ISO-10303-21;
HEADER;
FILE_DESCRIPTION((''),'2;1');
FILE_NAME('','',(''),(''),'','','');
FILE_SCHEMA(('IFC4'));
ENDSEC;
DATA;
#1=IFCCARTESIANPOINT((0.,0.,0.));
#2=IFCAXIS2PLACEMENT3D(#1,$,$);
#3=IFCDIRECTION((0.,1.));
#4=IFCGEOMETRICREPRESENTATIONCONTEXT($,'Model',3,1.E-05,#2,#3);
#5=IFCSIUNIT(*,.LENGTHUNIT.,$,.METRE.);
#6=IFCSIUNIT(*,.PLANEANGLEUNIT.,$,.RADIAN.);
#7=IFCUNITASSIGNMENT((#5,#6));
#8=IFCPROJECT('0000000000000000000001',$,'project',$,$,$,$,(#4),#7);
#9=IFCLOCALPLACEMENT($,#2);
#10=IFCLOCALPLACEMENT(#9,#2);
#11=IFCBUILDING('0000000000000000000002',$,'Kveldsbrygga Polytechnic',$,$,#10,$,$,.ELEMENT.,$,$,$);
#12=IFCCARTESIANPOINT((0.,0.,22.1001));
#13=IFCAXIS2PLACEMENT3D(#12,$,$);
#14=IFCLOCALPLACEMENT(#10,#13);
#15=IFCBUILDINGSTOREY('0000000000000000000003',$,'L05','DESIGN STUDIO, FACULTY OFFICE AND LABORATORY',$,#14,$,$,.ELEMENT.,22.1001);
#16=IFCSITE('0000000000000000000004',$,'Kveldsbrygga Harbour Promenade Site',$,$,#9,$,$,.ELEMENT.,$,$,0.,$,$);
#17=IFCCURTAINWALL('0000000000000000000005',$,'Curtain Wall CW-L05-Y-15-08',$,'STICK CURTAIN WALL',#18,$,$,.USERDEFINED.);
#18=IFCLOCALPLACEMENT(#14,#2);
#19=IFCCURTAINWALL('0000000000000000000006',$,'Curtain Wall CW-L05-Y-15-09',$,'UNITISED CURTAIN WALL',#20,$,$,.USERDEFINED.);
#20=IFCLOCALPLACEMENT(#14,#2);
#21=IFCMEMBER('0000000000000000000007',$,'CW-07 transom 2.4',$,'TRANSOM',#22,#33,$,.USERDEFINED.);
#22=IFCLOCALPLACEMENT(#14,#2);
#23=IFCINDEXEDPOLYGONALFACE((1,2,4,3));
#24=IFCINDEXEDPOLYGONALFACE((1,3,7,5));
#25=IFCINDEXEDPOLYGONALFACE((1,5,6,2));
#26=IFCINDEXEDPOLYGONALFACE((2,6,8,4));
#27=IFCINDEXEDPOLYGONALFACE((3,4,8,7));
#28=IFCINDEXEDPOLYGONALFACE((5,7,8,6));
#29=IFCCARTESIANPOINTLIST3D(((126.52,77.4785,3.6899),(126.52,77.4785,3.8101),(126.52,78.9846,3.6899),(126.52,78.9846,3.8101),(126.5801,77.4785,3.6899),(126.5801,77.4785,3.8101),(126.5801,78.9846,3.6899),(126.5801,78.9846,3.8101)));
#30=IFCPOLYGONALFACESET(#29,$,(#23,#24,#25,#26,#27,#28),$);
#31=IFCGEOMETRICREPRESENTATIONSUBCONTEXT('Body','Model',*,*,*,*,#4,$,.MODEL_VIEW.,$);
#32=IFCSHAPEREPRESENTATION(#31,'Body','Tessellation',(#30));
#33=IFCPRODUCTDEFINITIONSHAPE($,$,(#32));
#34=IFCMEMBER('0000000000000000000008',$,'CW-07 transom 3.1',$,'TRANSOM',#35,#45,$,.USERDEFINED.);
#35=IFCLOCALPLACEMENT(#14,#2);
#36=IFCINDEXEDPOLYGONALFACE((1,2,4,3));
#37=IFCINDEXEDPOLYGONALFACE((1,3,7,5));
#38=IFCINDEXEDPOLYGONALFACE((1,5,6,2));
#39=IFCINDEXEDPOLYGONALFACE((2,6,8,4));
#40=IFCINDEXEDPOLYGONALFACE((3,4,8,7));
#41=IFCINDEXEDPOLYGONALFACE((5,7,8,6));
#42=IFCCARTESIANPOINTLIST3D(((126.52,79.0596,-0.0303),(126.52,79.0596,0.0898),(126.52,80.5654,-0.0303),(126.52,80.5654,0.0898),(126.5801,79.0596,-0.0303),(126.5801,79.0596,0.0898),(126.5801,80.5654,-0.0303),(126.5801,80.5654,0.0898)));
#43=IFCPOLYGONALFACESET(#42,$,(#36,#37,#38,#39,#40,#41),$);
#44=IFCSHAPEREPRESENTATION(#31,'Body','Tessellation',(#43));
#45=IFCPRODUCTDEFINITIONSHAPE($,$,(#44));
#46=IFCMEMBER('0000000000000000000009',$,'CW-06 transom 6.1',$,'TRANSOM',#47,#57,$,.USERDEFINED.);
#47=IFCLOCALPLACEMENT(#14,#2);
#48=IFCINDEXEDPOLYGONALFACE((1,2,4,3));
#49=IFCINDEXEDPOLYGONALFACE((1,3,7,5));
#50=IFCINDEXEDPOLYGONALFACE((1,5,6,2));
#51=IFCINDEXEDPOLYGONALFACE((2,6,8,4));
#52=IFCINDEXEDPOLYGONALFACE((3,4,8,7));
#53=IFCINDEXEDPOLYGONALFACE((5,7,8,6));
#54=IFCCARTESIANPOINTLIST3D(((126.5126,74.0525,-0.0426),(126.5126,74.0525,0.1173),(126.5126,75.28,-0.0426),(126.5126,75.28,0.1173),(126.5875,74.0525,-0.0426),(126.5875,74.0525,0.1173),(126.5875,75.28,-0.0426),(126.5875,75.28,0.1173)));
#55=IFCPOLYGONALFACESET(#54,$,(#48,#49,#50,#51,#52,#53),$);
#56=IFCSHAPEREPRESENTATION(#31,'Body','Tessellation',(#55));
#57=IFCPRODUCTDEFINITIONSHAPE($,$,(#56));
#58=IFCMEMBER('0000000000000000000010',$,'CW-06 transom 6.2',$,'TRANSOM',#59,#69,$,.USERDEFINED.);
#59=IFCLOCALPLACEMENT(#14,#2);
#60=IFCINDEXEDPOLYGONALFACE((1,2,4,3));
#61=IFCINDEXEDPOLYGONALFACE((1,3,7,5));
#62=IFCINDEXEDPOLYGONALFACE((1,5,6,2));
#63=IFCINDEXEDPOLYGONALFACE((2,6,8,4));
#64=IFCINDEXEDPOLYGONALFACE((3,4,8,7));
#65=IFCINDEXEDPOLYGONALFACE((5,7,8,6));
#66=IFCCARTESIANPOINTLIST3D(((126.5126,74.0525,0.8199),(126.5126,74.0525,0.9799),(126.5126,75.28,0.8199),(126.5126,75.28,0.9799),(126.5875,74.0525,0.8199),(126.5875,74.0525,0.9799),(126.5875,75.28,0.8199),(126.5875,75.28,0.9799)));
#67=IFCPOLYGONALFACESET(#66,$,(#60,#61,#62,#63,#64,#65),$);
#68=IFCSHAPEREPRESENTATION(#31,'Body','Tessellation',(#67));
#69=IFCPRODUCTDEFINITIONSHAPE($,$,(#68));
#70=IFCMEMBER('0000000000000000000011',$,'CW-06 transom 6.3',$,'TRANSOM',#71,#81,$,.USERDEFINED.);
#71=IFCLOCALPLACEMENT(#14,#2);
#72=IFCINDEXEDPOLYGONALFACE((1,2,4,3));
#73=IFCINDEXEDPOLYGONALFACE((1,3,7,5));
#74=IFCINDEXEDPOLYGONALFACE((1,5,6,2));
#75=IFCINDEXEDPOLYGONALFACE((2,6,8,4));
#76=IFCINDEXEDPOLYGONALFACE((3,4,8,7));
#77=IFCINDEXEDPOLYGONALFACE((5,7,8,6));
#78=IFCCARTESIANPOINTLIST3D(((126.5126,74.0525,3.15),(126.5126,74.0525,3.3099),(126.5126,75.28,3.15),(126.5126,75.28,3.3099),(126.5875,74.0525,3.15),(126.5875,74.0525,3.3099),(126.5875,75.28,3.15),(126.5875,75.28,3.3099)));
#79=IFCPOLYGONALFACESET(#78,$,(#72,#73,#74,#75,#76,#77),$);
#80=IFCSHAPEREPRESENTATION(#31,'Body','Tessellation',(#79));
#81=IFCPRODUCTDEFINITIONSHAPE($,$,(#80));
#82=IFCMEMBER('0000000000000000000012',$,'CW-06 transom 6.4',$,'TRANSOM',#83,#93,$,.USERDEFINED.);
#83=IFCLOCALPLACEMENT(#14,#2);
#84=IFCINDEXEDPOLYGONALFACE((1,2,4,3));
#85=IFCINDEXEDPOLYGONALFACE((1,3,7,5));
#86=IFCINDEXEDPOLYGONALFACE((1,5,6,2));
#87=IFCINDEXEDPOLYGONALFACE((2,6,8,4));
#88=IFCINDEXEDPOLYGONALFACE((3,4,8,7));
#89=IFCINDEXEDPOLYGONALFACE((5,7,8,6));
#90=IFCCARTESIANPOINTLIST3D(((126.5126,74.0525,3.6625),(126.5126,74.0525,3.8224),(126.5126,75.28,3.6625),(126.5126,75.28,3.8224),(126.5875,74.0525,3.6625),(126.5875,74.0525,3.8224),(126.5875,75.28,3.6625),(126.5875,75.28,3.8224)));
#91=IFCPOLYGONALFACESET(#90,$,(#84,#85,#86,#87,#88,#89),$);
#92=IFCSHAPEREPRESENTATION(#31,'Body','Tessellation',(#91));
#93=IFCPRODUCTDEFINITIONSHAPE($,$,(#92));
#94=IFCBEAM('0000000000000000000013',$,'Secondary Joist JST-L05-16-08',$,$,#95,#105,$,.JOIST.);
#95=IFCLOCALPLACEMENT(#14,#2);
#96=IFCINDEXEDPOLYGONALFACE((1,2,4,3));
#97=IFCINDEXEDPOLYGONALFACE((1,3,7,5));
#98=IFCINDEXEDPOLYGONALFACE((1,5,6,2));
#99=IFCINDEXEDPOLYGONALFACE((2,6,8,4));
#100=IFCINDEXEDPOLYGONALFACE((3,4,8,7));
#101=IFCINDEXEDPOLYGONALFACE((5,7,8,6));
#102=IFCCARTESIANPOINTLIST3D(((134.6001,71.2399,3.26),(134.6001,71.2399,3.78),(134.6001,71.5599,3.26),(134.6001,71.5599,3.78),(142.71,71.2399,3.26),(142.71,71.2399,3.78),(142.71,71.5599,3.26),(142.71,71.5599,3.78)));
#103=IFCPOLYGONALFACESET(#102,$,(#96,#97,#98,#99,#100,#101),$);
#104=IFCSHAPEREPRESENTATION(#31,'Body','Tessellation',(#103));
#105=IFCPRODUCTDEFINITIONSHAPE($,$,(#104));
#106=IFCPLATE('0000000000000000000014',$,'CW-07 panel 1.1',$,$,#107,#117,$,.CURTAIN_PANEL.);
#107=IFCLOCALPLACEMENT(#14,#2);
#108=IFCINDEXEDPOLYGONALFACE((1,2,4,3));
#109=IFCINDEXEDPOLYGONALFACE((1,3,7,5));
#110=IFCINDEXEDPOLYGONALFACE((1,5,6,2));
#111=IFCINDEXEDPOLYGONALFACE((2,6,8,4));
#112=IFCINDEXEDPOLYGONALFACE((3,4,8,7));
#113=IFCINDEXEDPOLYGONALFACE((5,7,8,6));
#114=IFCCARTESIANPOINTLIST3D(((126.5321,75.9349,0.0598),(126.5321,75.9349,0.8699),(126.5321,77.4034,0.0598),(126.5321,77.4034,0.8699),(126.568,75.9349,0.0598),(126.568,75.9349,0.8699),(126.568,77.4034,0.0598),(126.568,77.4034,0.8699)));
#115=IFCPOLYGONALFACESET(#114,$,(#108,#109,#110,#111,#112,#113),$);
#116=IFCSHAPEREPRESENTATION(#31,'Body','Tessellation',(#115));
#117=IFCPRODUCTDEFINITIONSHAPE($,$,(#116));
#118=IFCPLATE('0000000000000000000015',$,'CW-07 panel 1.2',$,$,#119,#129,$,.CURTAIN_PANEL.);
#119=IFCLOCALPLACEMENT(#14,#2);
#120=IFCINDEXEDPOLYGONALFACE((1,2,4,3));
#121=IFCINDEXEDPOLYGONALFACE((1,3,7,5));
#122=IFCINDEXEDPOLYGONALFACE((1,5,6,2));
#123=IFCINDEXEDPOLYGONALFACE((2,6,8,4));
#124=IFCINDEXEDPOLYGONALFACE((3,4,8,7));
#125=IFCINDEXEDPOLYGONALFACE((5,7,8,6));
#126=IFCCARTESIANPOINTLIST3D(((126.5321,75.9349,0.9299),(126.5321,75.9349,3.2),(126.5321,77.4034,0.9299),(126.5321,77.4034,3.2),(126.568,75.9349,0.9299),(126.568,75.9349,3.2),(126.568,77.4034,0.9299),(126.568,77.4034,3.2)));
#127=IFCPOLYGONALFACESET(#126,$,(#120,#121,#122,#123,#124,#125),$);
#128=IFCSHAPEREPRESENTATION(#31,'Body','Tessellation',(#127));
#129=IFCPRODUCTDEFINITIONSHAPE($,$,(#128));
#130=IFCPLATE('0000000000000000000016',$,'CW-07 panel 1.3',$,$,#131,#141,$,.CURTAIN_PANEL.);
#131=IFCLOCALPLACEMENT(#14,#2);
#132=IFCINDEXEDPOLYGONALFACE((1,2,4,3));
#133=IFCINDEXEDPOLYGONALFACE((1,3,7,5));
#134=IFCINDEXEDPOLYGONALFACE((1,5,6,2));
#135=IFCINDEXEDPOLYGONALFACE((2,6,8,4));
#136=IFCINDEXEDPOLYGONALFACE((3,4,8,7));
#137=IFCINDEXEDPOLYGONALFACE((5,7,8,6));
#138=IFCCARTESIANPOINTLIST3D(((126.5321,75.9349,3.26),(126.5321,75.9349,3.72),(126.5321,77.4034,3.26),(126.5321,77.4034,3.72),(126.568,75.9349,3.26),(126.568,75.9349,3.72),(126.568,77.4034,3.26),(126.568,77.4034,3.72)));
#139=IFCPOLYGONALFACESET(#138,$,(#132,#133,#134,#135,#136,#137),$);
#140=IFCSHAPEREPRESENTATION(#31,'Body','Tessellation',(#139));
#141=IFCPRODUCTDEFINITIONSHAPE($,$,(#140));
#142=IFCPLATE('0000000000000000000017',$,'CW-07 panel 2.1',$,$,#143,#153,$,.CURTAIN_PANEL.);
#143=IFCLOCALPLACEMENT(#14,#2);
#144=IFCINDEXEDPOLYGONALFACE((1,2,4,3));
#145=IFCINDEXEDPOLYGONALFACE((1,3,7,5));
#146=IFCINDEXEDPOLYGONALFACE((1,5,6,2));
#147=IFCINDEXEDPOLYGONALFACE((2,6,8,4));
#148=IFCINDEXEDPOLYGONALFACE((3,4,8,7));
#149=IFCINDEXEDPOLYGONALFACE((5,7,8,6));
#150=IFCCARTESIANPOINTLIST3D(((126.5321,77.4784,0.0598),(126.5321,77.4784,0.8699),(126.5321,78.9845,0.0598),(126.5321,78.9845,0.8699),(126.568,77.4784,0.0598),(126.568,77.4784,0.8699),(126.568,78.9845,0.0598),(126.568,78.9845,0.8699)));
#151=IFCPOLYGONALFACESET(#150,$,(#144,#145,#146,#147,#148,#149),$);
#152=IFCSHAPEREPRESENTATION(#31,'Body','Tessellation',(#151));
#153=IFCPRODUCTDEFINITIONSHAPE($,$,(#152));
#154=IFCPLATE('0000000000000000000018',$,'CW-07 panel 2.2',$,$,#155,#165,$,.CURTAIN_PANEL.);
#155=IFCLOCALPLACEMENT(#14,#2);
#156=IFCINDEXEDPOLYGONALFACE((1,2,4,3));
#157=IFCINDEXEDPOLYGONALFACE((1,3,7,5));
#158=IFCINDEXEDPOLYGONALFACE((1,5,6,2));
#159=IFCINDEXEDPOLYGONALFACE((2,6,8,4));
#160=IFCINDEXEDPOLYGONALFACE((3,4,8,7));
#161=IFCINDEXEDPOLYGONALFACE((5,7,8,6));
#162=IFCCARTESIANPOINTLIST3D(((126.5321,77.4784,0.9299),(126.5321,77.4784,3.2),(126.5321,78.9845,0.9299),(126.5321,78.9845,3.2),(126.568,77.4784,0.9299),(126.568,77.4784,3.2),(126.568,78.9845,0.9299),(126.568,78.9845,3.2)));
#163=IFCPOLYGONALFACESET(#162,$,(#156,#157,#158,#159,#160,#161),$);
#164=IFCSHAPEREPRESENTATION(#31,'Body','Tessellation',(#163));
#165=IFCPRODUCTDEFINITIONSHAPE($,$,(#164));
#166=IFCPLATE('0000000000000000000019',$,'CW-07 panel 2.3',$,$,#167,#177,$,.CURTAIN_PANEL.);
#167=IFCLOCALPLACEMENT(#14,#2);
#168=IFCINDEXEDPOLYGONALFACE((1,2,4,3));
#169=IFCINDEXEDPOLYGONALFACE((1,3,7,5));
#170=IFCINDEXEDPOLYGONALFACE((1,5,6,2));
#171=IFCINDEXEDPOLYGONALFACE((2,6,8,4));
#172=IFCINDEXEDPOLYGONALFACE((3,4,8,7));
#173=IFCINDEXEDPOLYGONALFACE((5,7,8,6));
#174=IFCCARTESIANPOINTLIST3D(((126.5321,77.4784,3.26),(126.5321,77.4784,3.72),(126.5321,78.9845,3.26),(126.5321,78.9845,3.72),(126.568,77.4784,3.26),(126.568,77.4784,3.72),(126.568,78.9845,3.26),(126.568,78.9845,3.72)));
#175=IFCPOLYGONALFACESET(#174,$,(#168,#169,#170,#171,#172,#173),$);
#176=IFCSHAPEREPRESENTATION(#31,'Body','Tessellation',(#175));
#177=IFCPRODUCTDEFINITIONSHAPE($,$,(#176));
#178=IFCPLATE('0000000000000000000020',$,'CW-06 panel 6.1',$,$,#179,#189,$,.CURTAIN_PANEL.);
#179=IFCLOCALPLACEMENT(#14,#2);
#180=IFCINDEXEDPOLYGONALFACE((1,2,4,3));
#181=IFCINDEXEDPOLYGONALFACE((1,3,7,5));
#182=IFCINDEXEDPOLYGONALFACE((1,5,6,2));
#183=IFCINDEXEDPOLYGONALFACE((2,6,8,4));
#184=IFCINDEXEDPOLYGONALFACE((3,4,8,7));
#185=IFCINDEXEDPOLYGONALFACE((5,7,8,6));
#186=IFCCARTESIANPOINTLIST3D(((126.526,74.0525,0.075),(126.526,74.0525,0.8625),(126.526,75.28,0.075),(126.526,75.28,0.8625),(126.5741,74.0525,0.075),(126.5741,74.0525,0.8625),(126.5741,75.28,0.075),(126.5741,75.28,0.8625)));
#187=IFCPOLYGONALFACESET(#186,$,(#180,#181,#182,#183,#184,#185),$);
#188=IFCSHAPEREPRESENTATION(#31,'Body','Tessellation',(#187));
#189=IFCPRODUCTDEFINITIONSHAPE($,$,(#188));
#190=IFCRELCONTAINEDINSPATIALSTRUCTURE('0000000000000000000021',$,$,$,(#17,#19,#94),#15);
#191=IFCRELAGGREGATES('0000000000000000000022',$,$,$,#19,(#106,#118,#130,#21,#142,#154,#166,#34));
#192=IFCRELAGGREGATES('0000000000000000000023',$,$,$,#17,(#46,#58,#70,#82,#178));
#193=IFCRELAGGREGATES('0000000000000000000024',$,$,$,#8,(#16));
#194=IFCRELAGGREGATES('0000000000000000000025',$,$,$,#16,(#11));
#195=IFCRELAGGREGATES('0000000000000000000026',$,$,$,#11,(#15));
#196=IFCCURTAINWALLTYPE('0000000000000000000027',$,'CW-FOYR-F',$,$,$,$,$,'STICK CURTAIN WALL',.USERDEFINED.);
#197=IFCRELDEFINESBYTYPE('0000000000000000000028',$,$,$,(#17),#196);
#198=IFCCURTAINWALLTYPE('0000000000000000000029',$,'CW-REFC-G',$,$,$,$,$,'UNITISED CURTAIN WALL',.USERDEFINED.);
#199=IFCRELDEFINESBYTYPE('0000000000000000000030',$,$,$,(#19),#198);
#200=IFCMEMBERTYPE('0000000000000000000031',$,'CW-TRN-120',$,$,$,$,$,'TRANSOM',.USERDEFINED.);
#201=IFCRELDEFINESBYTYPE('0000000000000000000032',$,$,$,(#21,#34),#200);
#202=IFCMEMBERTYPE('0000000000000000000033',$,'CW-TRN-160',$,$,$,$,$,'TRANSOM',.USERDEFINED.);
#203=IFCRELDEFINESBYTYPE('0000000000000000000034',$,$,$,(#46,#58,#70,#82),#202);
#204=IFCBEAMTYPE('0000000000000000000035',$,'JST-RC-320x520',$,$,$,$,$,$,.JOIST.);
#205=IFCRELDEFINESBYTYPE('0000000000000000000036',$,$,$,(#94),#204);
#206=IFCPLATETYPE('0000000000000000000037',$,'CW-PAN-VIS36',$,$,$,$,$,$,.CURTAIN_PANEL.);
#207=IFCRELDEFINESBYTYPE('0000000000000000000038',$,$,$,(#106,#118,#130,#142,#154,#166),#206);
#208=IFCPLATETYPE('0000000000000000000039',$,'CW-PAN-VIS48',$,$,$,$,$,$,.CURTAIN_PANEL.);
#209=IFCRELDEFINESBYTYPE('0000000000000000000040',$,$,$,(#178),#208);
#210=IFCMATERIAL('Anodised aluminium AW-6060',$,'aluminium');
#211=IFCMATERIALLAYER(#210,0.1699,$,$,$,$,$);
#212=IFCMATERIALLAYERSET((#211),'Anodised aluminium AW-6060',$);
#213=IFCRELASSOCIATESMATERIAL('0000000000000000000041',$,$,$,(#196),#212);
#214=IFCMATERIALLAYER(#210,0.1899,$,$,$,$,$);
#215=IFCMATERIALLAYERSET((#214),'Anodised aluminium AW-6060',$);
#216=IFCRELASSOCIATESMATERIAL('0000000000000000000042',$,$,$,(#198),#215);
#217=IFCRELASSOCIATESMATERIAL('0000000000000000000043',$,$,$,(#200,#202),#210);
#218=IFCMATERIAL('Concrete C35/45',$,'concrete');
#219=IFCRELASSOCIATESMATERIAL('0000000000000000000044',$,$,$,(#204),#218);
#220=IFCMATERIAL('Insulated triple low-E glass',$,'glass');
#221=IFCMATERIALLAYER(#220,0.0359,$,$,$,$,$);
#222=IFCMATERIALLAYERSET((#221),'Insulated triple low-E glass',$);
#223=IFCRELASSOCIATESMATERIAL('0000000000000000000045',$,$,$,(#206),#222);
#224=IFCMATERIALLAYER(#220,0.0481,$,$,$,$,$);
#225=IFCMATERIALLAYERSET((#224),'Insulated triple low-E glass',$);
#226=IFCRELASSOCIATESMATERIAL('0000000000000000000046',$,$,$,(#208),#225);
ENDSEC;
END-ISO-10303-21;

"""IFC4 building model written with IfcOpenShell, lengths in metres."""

from ifc_helpers import new_model, si_unit, direction, frame, origin, origin_2d, place, context, subcontext, project, spatial, rectangle, extrude, material, layer, layer_set, material_profile, profile_set, type_object, element, aggregate, save


model = new_model("IFC4")

# Units and contexts
model_context = context("Model", 3, precision=1e-05, world=origin(), true_north=direction((0.0, 1.0)))
body_context = subcontext(model_context, "Body", "Model", "MODEL_VIEW")
ifc_project = project(units=[si_unit("LENGTHUNIT", "METRE"), si_unit("PLANEANGLEUNIT", "RADIAN")], contexts=[model_context])

# Site, building, storey
site_placement = place(None, origin())
site = spatial("IfcSite", under=ifc_project, at=site_placement, Name="Kveldsbrygga Harbour Promenade Site", CompositionType="ELEMENT", RefElevation=0.0)
building_placement = place(site_placement, origin())
building = spatial("IfcBuilding", under=site, at=building_placement, Name="Kveldsbrygga Polytechnic", CompositionType="ELEMENT")
storey_placement = place(building_placement, frame((0.0, 0.0, 22.1001)))
storey = spatial("IfcBuildingStorey", under=building, at=storey_placement, Name="L05", Description="DESIGN STUDIO, FACULTY OFFICE AND LABORATORY", CompositionType="ELEMENT", Elevation=22.1001)

# Shared definitions
ifc_material_1 = material(Name="Concrete C35/45", Category="concrete")

# Curtain wall
ifc_material_2 = material(Name="Anodised aluminium AW-6060", Category="aluminium")
ifc_layer_1 = layer(ifc_material_2, 0.1699)
ifc_layer_set_1 = layer_set([ifc_layer_1], Name="Anodised aluminium AW-6060")
curtain_wall_type_1 = type_object("IfcCurtainWallType", Name="CW-FOYR-F", ElementType="STICK CURTAIN WALL", PredefinedType="USERDEFINED", material=ifc_layer_set_1)
curtain_wall_1_placement = place(storey_placement, origin())
curtain_wall_1 = element("IfcCurtainWall", 1, at=curtain_wall_1_placement, inside=storey, type_object=curtain_wall_type_1, Name="Curtain Wall CW-L05-Y-15-08", ObjectType="STICK CURTAIN WALL", PredefinedType="USERDEFINED")

# Curtain wall, members
ifc_layer_2 = layer(ifc_material_2, 0.1899)
ifc_layer_set_2 = layer_set([ifc_layer_2], Name="Anodised aluminium AW-6060")
curtain_wall_type_2 = type_object("IfcCurtainWallType", Name="CW-REFC-G", ElementType="UNITISED CURTAIN WALL", PredefinedType="USERDEFINED", material=ifc_layer_set_2)
curtain_wall_2_placement = place(storey_placement, origin())
curtain_wall_2 = element("IfcCurtainWall", 2, at=curtain_wall_2_placement, inside=storey, type_object=curtain_wall_type_2, Name="Curtain Wall CW-L05-Y-15-09", ObjectType="UNITISED CURTAIN WALL", PredefinedType="USERDEFINED")
ifc_material_profile_1 = material_profile(ifc_material_2, rectangle(XDim=0.0601, YDim=0.1201, at=origin_2d()), Name="ALU 60x120")
ifc_profile_set_1 = profile_set([ifc_material_profile_1], Name="Anodised aluminium AW-6060")
member_type_1 = type_object("IfcMemberType", Name="CW-TRN-120", ElementType="TRANSOM", PredefinedType="USERDEFINED", material=ifc_profile_set_1)
member_1_placement = place(storey_placement, frame((126.55, 77.4785, 3.75), z_axis=(0.0, 1.0, 0.0), x_axis=(-1.0, 0.0, 0.0)))
member_1 = element("IfcMember", 3, at=member_1_placement, type_object=member_type_1, Name="CW-07 transom 2.4", ObjectType="TRANSOM", PredefinedType="USERDEFINED", context=body_context, shape_type="SweptSolid", body=[
    extrude(rectangle(XDim=0.0601, YDim=0.1201, at=origin_2d()), origin(), (0.0, 0.0, 1.0), 1.5061),
])
member_2_placement = place(storey_placement, frame((126.55, 79.0596, 0.0298), z_axis=(0.0, 1.0, 0.0), x_axis=(-1.0, 0.0, 0.0)))
member_2 = element("IfcMember", 4, at=member_2_placement, type_object=member_type_1, Name="CW-07 transom 3.1", ObjectType="TRANSOM", PredefinedType="USERDEFINED", context=body_context, shape_type="SweptSolid", body=[
    extrude(rectangle(XDim=0.0601, YDim=0.1201, at=origin_2d()), origin(), (0.0, 0.0, 1.0), 1.5059),
])

# Members
ifc_material_profile_2 = material_profile(ifc_material_2, rectangle(XDim=0.075, YDim=0.1599, at=origin_2d()), Name="ALU 75x160")
ifc_profile_set_2 = profile_set([ifc_material_profile_2], Name="Anodised aluminium AW-6060")
member_type_2 = type_object("IfcMemberType", Name="CW-TRN-160", ElementType="TRANSOM", PredefinedType="USERDEFINED", material=ifc_profile_set_2)
member_3_placement = place(storey_placement, frame((126.55, 74.0525, 0.0374), z_axis=(0.0, 1.0, 0.0), x_axis=(-1.0, 0.0, 0.0)))
member_3 = element("IfcMember", 5, at=member_3_placement, type_object=member_type_2, Name="CW-06 transom 6.1", ObjectType="TRANSOM", PredefinedType="USERDEFINED", context=body_context, shape_type="SweptSolid", body=[
    extrude(rectangle(XDim=0.075, YDim=0.1599, at=origin_2d()), origin(), (0.0, 0.0, 1.0), 1.2275),
])
member_4_placement = place(storey_placement, frame((126.55, 74.0525, 0.8999), z_axis=(0.0, 1.0, 0.0), x_axis=(-1.0, 0.0, 0.0)))
member_4 = element("IfcMember", 6, at=member_4_placement, type_object=member_type_2, Name="CW-06 transom 6.2", ObjectType="TRANSOM", PredefinedType="USERDEFINED", context=body_context, shape_type="SweptSolid", body=[
    extrude(rectangle(XDim=0.075, YDim=0.1599, at=origin_2d()), origin(), (0.0, 0.0, 1.0), 1.2275),
])
member_5_placement = place(storey_placement, frame((126.55, 74.0525, 3.23), z_axis=(0.0, 1.0, 0.0), x_axis=(-1.0, 0.0, 0.0)))
member_5 = element("IfcMember", 7, at=member_5_placement, type_object=member_type_2, Name="CW-06 transom 6.3", ObjectType="TRANSOM", PredefinedType="USERDEFINED", context=body_context, shape_type="SweptSolid", body=[
    extrude(rectangle(XDim=0.075, YDim=0.1599, at=origin_2d()), origin(), (0.0, 0.0, 1.0), 1.2275),
])
member_6_placement = place(storey_placement, frame((126.55, 74.0525, 3.7424), z_axis=(0.0, 1.0, 0.0), x_axis=(-1.0, 0.0, 0.0)))
member_6 = element("IfcMember", 8, at=member_6_placement, type_object=member_type_2, Name="CW-06 transom 6.4", ObjectType="TRANSOM", PredefinedType="USERDEFINED", context=body_context, shape_type="SweptSolid", body=[
    extrude(rectangle(XDim=0.075, YDim=0.1599, at=origin_2d()), origin(), (0.0, 0.0, 1.0), 1.2275),
])

# Beam
ifc_material_profile_3 = material_profile(ifc_material_1, rectangle(XDim=0.3201, YDim=0.52, at=origin_2d()), Name="RC 320x520")
ifc_profile_set_3 = profile_set([ifc_material_profile_3], Name="Concrete C35/45")
beam_type_1 = type_object("IfcBeamType", Name="JST-RC-320x520", PredefinedType="JOIST", material=ifc_profile_set_3)
beam_1_placement = place(storey_placement, frame((134.6001, 71.3999, 3.52), z_axis=(1.0, 0.0, 0.0), x_axis=(0.0, 1.0, 0.0)))
element("IfcBeam", 9, at=beam_1_placement, inside=storey, type_object=beam_type_1, Name="Secondary Joist JST-L05-16-08", PredefinedType="JOIST", context=body_context, shape_type="SweptSolid", body=[
    extrude(rectangle(XDim=0.3201, YDim=0.52, at=origin_2d()), origin(), (0.0, 0.0, 1.0), 8.1099),
])

# Plates
ifc_material_3 = material(Name="Insulated triple low-E glass", Category="glass")
ifc_layer_3 = layer(ifc_material_3, 0.0359)
ifc_layer_set_3 = layer_set([ifc_layer_3], Name="Insulated triple low-E glass")
plate_type_1 = type_object("IfcPlateType", Name="CW-PAN-VIS36", PredefinedType="CURTAIN_PANEL", material=ifc_layer_set_3)
plate_1_placement = place(storey_placement, frame((126.55, 76.6692, 0.0598), z_axis=(0.0, 0.0, 1.0), x_axis=(0.0, 1.0, 0.0)))
plate_1 = element("IfcPlate", 10, at=plate_1_placement, type_object=plate_type_1, Name="CW-07 panel 1.1", PredefinedType="CURTAIN_PANEL", context=body_context, shape_type="SweptSolid", body=[
    extrude(rectangle(XDim=1.4685, YDim=0.0359, at=origin_2d()), origin(), (0.0, 0.0, 1.0), 0.8101),
])
plate_2_placement = place(storey_placement, frame((126.55, 76.6692, 0.9299), z_axis=(0.0, 0.0, 1.0), x_axis=(0.0, 1.0, 0.0)))
plate_2 = element("IfcPlate", 11, at=plate_2_placement, type_object=plate_type_1, Name="CW-07 panel 1.2", PredefinedType="CURTAIN_PANEL", context=body_context, shape_type="SweptSolid", body=[
    extrude(rectangle(XDim=1.4685, YDim=0.0359, at=origin_2d()), origin(), (0.0, 0.0, 1.0), 2.27),
])
plate_3_placement = place(storey_placement, frame((126.55, 76.6692, 3.26), z_axis=(0.0, 0.0, 1.0), x_axis=(0.0, 1.0, 0.0)))
plate_3 = element("IfcPlate", 12, at=plate_3_placement, type_object=plate_type_1, Name="CW-07 panel 1.3", PredefinedType="CURTAIN_PANEL", context=body_context, shape_type="SweptSolid", body=[
    extrude(rectangle(XDim=1.4685, YDim=0.0359, at=origin_2d()), origin(), (0.0, 0.0, 1.0), 0.46),
])
plate_4_placement = place(storey_placement, frame((126.55, 78.2314, 0.0598), z_axis=(0.0, 0.0, 1.0), x_axis=(0.0, 1.0, 0.0)))
plate_4 = element("IfcPlate", 13, at=plate_4_placement, type_object=plate_type_1, Name="CW-07 panel 2.1", PredefinedType="CURTAIN_PANEL", context=body_context, shape_type="SweptSolid", body=[
    extrude(rectangle(XDim=1.5061, YDim=0.0359, at=origin_2d()), origin(), (0.0, 0.0, 1.0), 0.8101),
])
plate_5_placement = place(storey_placement, frame((126.55, 78.2314, 0.9299), z_axis=(0.0, 0.0, 1.0), x_axis=(0.0, 1.0, 0.0)))
plate_5 = element("IfcPlate", 14, at=plate_5_placement, type_object=plate_type_1, Name="CW-07 panel 2.2", PredefinedType="CURTAIN_PANEL", context=body_context, shape_type="SweptSolid", body=[
    extrude(rectangle(XDim=1.5061, YDim=0.0359, at=origin_2d()), origin(), (0.0, 0.0, 1.0), 2.27),
])
plate_6_placement = place(storey_placement, frame((126.55, 78.2314, 3.26), z_axis=(0.0, 0.0, 1.0), x_axis=(0.0, 1.0, 0.0)))
plate_6 = element("IfcPlate", 15, at=plate_6_placement, type_object=plate_type_1, Name="CW-07 panel 2.3", PredefinedType="CURTAIN_PANEL", context=body_context, shape_type="SweptSolid", body=[
    extrude(rectangle(XDim=1.5061, YDim=0.0359, at=origin_2d()), origin(), (0.0, 0.0, 1.0), 0.46),
])
aggregate(curtain_wall_2, [plate_1, plate_2, plate_3, member_1, plate_4, plate_5, plate_6, member_2])
ifc_layer_4 = layer(ifc_material_3, 0.0481)
ifc_layer_set_4 = layer_set([ifc_layer_4], Name="Insulated triple low-E glass")
plate_type_2 = type_object("IfcPlateType", Name="CW-PAN-VIS48", PredefinedType="CURTAIN_PANEL", material=ifc_layer_set_4)
plate_7_placement = place(storey_placement, frame((126.55, 74.6663, 0.075), z_axis=(0.0, 0.0, 1.0), x_axis=(0.0, 1.0, 0.0)))
plate_7 = element("IfcPlate", 16, at=plate_7_placement, type_object=plate_type_2, Name="CW-06 panel 6.1", PredefinedType="CURTAIN_PANEL", context=body_context, shape_type="SweptSolid", body=[
    extrude(rectangle(XDim=1.2275, YDim=0.0481, at=origin_2d()), origin(), (0.0, 0.0, 1.0), 0.7876),
])
aggregate(curtain_wall_1, [member_3, member_4, member_5, member_6, plate_7])

save(model, "model.ifc")
